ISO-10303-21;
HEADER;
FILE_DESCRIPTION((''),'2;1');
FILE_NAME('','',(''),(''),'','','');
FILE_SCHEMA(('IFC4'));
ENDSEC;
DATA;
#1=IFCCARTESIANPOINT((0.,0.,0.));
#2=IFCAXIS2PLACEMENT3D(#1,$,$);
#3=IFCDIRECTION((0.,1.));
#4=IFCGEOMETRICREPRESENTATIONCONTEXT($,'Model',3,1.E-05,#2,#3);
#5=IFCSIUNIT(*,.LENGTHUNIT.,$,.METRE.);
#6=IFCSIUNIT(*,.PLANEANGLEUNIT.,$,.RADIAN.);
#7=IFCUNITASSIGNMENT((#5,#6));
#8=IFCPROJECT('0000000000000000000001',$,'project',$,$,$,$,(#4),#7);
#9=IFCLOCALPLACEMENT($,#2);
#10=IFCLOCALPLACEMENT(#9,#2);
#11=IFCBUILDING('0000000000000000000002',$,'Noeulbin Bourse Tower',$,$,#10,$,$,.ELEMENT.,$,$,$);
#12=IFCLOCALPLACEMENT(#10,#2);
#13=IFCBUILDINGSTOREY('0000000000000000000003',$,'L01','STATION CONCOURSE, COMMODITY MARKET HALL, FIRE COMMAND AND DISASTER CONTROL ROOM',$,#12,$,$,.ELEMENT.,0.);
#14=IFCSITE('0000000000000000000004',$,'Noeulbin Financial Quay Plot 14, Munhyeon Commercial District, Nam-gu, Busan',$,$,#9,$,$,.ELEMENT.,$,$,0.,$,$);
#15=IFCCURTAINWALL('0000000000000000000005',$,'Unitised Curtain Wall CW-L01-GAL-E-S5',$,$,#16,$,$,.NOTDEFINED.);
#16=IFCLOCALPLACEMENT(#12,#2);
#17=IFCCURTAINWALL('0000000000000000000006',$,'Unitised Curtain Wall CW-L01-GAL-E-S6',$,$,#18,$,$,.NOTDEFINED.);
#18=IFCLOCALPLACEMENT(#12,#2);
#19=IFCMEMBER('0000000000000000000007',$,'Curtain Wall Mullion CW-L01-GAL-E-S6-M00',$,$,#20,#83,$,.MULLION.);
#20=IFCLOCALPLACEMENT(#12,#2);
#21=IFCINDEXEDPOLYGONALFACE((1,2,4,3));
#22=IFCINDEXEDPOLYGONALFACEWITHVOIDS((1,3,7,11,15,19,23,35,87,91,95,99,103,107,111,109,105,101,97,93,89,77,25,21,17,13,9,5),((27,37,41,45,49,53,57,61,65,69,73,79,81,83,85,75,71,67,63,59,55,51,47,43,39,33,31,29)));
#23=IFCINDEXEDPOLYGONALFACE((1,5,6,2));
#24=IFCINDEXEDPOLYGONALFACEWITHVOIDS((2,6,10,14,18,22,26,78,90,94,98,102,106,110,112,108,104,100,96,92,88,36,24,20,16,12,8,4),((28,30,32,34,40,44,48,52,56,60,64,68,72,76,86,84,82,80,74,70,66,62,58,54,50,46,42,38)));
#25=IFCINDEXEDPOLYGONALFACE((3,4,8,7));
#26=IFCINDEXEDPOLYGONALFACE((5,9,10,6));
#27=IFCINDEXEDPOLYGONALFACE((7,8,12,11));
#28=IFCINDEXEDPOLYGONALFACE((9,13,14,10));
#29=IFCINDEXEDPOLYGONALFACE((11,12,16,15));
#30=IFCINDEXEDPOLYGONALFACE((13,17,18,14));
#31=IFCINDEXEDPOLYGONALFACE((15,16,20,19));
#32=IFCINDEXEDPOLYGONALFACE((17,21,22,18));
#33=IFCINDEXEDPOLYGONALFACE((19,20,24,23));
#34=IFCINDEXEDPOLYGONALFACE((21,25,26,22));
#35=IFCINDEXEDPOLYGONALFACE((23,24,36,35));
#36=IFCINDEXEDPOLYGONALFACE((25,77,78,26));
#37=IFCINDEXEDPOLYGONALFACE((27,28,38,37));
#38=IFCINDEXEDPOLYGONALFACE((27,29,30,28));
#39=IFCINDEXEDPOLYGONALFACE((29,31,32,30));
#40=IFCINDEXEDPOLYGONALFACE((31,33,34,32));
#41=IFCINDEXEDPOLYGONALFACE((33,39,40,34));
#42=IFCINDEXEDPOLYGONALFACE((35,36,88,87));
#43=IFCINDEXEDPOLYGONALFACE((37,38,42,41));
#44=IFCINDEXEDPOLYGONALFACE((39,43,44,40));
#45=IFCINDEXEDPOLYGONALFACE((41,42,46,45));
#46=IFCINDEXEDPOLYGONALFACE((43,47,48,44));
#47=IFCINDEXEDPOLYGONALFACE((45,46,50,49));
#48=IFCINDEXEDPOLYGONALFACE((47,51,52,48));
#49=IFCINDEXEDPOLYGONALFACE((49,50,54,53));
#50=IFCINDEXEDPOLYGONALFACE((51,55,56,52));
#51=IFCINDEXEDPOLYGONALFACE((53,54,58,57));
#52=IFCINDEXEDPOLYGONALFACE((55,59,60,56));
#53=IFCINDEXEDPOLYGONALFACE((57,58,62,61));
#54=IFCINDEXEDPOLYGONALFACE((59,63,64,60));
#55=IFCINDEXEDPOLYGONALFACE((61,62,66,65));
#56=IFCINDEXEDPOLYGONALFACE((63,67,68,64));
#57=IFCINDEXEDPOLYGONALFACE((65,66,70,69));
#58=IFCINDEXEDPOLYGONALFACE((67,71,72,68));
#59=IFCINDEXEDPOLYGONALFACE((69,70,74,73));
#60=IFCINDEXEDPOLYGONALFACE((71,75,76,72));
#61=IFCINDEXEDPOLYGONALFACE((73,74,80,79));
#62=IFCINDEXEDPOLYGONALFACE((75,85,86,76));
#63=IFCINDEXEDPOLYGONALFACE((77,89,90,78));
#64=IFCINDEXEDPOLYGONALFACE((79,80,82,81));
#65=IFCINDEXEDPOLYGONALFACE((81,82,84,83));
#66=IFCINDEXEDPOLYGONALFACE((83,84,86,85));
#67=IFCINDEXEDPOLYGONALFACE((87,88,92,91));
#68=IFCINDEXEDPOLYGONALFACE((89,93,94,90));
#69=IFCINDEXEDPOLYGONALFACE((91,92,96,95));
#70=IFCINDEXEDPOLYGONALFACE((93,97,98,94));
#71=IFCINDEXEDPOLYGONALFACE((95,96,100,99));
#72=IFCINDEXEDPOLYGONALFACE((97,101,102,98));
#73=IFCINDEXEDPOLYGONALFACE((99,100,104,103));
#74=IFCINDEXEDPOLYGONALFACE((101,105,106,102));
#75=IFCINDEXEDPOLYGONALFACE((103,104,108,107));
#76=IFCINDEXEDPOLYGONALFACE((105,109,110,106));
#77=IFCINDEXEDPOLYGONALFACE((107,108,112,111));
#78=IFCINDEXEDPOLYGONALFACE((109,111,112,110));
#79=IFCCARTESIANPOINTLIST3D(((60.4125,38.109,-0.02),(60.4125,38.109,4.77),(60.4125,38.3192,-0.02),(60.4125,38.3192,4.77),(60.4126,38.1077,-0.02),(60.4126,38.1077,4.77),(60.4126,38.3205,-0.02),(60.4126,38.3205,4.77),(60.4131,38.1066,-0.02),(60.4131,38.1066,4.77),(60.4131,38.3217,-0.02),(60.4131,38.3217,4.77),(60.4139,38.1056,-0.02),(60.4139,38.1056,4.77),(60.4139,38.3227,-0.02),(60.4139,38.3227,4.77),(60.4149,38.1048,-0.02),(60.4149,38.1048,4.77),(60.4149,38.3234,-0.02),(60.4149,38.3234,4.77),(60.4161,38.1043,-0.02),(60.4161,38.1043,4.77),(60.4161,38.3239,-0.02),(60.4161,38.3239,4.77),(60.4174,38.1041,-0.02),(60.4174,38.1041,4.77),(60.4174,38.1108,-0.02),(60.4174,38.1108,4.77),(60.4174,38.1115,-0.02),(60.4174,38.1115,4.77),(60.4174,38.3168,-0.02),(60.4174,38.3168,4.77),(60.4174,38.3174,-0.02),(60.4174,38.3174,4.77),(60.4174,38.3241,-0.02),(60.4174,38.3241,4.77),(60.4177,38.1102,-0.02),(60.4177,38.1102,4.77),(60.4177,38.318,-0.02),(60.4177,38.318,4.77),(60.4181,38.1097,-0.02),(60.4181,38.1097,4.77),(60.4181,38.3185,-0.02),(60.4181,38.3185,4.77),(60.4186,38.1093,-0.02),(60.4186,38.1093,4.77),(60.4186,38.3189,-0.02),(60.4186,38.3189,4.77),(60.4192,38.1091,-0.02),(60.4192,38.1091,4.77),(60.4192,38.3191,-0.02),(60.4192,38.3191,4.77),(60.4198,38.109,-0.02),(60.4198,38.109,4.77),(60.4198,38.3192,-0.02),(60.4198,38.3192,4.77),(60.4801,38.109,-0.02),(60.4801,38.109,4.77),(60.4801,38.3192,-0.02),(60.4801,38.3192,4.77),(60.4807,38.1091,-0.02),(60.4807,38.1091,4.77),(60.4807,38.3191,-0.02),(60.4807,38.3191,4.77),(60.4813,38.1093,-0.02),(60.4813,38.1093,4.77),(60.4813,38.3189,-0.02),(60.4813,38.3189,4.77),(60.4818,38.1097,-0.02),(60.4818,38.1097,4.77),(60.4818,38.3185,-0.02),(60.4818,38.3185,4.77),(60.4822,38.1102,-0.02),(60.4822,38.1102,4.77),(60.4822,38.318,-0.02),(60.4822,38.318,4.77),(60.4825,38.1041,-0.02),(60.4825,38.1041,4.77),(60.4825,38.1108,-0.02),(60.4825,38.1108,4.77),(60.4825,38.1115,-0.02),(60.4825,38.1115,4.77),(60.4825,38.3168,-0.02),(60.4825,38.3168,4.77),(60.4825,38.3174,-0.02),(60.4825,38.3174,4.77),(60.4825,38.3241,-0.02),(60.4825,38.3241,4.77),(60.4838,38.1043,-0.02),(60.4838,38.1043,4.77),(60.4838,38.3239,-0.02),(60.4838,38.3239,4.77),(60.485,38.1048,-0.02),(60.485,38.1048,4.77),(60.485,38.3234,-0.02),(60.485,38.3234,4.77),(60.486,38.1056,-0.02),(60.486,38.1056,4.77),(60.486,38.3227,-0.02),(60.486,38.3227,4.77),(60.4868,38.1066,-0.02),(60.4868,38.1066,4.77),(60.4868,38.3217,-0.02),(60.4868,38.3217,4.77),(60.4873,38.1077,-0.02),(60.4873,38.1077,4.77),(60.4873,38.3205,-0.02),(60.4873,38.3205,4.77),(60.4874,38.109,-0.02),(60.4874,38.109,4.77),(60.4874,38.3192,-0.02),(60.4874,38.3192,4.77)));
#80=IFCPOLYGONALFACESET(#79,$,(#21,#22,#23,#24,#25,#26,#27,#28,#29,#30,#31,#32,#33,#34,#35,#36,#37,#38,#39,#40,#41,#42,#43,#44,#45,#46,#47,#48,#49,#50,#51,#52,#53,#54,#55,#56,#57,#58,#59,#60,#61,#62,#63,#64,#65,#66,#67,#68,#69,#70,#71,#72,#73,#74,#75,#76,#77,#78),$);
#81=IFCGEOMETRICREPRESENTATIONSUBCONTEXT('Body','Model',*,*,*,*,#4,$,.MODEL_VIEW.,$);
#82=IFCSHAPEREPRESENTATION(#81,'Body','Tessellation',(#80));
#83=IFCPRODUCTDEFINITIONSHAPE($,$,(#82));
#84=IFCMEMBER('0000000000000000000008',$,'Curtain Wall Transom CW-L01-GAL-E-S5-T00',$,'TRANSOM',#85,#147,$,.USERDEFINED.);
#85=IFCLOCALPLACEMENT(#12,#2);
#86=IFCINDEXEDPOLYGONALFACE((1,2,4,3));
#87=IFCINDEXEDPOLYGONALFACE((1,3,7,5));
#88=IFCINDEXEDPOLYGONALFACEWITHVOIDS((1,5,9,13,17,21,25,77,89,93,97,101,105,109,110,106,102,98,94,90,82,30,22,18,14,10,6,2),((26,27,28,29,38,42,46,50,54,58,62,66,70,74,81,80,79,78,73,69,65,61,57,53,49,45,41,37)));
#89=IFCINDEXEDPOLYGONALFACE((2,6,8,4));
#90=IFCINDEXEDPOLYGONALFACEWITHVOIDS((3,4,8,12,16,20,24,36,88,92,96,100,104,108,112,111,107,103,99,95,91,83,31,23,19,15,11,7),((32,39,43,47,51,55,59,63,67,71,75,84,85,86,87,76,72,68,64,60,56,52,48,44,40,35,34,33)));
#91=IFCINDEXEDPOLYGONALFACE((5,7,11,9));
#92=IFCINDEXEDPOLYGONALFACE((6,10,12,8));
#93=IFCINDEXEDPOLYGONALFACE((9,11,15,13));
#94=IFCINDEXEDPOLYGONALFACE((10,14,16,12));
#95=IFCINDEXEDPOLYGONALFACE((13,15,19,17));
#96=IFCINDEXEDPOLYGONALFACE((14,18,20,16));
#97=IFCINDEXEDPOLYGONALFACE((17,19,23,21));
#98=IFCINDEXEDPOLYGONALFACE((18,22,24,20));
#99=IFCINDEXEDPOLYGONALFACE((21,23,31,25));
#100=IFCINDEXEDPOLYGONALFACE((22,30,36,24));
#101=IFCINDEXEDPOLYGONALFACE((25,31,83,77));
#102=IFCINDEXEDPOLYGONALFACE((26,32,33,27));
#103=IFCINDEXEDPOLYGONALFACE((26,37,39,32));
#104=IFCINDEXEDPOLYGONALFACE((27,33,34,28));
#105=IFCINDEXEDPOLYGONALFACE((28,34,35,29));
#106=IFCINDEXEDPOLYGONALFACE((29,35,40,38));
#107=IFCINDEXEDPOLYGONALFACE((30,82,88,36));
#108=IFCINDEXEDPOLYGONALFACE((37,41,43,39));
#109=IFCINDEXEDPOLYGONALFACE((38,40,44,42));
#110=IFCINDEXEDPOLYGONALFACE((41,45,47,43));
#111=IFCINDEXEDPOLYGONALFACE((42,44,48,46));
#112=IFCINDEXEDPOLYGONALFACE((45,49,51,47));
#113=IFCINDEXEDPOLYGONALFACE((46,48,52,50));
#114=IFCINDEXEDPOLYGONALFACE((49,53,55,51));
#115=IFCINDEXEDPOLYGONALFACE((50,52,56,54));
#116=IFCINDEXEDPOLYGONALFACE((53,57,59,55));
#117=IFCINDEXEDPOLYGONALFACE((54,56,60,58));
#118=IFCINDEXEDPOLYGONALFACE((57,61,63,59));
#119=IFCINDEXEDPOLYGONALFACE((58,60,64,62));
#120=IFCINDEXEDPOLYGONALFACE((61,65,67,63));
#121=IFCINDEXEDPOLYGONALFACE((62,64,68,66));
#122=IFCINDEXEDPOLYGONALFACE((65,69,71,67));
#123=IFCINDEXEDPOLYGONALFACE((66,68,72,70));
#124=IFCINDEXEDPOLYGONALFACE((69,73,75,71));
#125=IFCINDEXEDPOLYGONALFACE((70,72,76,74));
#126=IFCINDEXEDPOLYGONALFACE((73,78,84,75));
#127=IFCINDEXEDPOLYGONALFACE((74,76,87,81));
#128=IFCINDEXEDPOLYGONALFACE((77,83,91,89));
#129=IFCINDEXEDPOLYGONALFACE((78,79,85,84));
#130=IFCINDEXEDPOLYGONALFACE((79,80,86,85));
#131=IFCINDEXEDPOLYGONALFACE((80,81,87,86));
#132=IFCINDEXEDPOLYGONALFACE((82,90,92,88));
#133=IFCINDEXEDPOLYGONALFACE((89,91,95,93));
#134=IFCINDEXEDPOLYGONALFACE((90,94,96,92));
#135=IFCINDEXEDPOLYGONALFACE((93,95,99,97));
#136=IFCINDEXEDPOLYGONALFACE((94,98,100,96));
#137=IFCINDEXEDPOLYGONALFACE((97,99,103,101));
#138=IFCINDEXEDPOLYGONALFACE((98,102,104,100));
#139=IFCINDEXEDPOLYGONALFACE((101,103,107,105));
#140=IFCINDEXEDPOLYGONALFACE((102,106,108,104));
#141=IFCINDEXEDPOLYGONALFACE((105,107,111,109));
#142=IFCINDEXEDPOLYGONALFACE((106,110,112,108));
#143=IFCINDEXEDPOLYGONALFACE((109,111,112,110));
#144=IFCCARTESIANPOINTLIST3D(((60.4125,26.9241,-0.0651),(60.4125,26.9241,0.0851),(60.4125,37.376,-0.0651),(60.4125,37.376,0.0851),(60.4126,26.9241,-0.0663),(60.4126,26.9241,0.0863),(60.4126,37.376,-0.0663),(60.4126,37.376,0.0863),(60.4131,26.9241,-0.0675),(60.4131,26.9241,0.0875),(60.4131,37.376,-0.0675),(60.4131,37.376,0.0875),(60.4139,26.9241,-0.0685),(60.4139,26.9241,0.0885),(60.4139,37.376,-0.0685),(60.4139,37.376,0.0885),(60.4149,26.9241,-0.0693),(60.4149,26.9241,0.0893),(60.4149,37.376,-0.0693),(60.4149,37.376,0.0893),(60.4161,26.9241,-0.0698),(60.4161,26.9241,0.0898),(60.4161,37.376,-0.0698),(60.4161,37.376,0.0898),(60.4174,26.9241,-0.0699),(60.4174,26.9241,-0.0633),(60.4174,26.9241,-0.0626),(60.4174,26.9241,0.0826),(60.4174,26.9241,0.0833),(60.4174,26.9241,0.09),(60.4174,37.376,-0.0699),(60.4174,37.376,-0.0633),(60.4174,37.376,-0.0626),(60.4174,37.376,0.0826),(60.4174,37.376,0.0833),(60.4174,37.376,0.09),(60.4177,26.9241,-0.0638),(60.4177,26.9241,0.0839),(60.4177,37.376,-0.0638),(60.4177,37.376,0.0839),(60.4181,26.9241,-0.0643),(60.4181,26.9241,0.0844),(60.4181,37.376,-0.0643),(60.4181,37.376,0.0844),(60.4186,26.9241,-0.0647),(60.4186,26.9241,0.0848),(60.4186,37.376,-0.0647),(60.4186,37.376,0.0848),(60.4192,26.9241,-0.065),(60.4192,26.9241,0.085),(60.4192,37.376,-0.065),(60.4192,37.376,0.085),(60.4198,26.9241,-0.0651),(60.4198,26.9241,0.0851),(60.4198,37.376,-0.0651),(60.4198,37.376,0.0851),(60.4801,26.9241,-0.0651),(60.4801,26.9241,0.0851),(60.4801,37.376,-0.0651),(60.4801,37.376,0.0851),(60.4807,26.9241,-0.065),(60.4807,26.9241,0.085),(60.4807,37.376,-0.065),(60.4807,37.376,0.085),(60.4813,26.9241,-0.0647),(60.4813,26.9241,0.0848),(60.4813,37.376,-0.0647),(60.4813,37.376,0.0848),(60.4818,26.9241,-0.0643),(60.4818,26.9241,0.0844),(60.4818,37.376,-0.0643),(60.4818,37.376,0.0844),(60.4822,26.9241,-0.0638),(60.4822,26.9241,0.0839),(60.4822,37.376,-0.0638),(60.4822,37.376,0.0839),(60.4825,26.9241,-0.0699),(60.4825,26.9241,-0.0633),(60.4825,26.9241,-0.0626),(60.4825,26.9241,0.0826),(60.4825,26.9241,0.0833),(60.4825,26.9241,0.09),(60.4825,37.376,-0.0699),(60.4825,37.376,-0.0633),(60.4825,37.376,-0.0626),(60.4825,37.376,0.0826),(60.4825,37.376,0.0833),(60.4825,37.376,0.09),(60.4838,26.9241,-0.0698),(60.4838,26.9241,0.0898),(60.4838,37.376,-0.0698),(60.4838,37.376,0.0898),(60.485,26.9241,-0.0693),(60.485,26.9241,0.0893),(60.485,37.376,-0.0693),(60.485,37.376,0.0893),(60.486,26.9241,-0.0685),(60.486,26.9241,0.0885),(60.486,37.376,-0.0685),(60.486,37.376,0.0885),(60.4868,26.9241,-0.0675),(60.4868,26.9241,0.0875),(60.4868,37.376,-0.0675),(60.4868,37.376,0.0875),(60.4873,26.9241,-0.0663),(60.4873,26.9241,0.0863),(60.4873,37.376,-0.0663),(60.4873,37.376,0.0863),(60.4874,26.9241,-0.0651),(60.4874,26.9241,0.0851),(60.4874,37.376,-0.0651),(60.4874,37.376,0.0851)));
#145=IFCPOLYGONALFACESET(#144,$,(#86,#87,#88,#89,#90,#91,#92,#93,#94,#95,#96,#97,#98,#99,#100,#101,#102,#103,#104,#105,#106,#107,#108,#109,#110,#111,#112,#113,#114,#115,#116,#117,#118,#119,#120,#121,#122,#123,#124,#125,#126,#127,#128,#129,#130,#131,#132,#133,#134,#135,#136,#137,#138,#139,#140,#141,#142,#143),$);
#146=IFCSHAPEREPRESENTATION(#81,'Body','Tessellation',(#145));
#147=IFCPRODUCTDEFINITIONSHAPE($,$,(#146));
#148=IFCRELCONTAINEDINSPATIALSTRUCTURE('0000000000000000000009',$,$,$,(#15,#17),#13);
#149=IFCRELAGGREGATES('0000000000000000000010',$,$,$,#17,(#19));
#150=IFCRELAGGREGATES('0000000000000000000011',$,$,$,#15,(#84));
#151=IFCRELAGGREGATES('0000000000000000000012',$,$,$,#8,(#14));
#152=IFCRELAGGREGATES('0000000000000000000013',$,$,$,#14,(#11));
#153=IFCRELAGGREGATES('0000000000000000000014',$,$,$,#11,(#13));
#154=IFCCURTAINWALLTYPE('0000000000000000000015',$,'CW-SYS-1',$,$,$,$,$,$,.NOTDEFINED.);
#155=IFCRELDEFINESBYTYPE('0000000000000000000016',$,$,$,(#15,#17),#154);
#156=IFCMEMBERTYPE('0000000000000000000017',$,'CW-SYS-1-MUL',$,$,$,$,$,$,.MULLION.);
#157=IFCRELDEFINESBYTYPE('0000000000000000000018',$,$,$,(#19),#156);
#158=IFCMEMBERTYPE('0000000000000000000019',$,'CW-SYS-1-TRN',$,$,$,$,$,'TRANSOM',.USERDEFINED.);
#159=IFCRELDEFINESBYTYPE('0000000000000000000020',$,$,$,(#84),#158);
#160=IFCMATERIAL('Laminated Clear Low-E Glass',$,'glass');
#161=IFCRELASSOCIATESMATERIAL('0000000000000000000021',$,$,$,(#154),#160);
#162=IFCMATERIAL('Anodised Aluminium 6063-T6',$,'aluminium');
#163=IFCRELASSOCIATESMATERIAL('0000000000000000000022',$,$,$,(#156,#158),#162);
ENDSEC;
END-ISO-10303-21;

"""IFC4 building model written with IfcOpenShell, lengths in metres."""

from ifc_helpers import new_model, si_unit, direction, frame, origin, origin_2d, place, context, subcontext, project, spatial, hollow_rectangle, extrude, material, material_profile, profile_set, type_object, element, aggregate, save


model = new_model("IFC4")

# Units and contexts
model_context = context("Model", 3, precision=1e-05, world=origin(), true_north=direction((0.0, 1.0)))
body_context = subcontext(model_context, "Body", "Model", "MODEL_VIEW")
ifc_project = project(units=[si_unit("LENGTHUNIT", "METRE"), si_unit("PLANEANGLEUNIT", "RADIAN")], contexts=[model_context])

# Site, building, storey
site_placement = place(None, origin())
site = spatial("IfcSite", under=ifc_project, at=site_placement, Name="Noeulbin Financial Quay Plot 14, Munhyeon Commercial District, Nam-gu, Busan", CompositionType="ELEMENT", RefElevation=0.0)
building_placement = place(site_placement, origin())
building = spatial("IfcBuilding", under=site, at=building_placement, Name="Noeulbin Bourse Tower", CompositionType="ELEMENT")
storey_placement = place(building_placement, origin())
storey = spatial("IfcBuildingStorey", under=building, at=storey_placement, Name="L01", Description="STATION CONCOURSE, COMMODITY MARKET HALL, FIRE COMMAND AND DISASTER CONTROL ROOM", CompositionType="ELEMENT", Elevation=0.0)

# Curtain wall
ifc_material_1 = material(Name="Laminated Clear Low-E Glass", Category="glass")
curtain_wall_type = type_object("IfcCurtainWallType", Name="CW-SYS-1", PredefinedType="NOTDEFINED", material=ifc_material_1)
ifc_material_2 = material(Name="Anodised Aluminium 6063-T6", Category="aluminium")
ifc_material_profile_1 = material_profile(ifc_material_2, hollow_rectangle(XDim=0.075, YDim=0.22, WallThickness=0.0049, InnerFilletRadius=0.0024, OuterFilletRadius=0.0049, at=origin_2d()), Name="ALU-MULL-75x220x5", Category="LoadBearing")
ifc_profile_set_1 = profile_set([ifc_material_profile_1], Name="Anodised Aluminium 6063-T6")
member_type_1 = type_object("IfcMemberType", Name="CW-SYS-1-MUL", PredefinedType="MULLION", material=ifc_profile_set_1)
curtain_wall_1_placement = place(storey_placement, origin())
curtain_wall_1 = element("IfcCurtainWall", 1, at=curtain_wall_1_placement, inside=storey, type_object=curtain_wall_type, Name="Unitised Curtain Wall CW-L01-GAL-E-S5", PredefinedType="NOTDEFINED")

# Curtain wall, member
curtain_wall_2_placement = place(storey_placement, origin())
curtain_wall_2 = element("IfcCurtainWall", 2, at=curtain_wall_2_placement, inside=storey, type_object=curtain_wall_type, Name="Unitised Curtain Wall CW-L01-GAL-E-S6", PredefinedType="NOTDEFINED")
member_1_placement = place(storey_placement, frame((60.45, 38.2141, -0.02), z_axis=(0.0, 0.0, 1.0), x_axis=(1.0, 0.0, 0.0)))
member_1 = element("IfcMember", 3, at=member_1_placement, type_object=member_type_1, Name="Curtain Wall Mullion CW-L01-GAL-E-S6-M00", PredefinedType="MULLION", context=body_context, shape_type="SweptSolid", body=[
    extrude(hollow_rectangle(XDim=0.075, YDim=0.22, WallThickness=0.0049, InnerFilletRadius=0.0024, OuterFilletRadius=0.0049, at=origin_2d()), origin(), (0.0, 0.0, 1.0), 4.79),
])

# Member
ifc_material_profile_2 = material_profile(ifc_material_2, hollow_rectangle(XDim=0.075, YDim=0.1599, WallThickness=0.0049, InnerFilletRadius=0.0024, OuterFilletRadius=0.0049, at=origin_2d()), Name="ALU-TRAN-75x160x5", Category="LoadBearing")
ifc_profile_set_2 = profile_set([ifc_material_profile_2], Name="Anodised Aluminium 6063-T6")
member_type_2 = type_object("IfcMemberType", Name="CW-SYS-1-TRN", ElementType="TRANSOM", PredefinedType="USERDEFINED", material=ifc_profile_set_2)
member_2_placement = place(storey_placement, frame((60.45, 26.9241, 0.01), z_axis=(0.0, 1.0, 0.0), x_axis=(-1.0, 0.0, 0.0)))
member_2 = element("IfcMember", 4, at=member_2_placement, type_object=member_type_2, Name="Curtain Wall Transom CW-L01-GAL-E-S5-T00", ObjectType="TRANSOM", PredefinedType="USERDEFINED", context=body_context, shape_type="SweptSolid", body=[
    extrude(hollow_rectangle(XDim=0.075, YDim=0.1599, WallThickness=0.0049, InnerFilletRadius=0.0024, OuterFilletRadius=0.0049, at=origin_2d()), origin(), (0.0, 0.0, 1.0), 10.4519),
])
aggregate(curtain_wall_2, [member_1])

aggregate(curtain_wall_1, [member_2])

save(model, "model.ifc")
